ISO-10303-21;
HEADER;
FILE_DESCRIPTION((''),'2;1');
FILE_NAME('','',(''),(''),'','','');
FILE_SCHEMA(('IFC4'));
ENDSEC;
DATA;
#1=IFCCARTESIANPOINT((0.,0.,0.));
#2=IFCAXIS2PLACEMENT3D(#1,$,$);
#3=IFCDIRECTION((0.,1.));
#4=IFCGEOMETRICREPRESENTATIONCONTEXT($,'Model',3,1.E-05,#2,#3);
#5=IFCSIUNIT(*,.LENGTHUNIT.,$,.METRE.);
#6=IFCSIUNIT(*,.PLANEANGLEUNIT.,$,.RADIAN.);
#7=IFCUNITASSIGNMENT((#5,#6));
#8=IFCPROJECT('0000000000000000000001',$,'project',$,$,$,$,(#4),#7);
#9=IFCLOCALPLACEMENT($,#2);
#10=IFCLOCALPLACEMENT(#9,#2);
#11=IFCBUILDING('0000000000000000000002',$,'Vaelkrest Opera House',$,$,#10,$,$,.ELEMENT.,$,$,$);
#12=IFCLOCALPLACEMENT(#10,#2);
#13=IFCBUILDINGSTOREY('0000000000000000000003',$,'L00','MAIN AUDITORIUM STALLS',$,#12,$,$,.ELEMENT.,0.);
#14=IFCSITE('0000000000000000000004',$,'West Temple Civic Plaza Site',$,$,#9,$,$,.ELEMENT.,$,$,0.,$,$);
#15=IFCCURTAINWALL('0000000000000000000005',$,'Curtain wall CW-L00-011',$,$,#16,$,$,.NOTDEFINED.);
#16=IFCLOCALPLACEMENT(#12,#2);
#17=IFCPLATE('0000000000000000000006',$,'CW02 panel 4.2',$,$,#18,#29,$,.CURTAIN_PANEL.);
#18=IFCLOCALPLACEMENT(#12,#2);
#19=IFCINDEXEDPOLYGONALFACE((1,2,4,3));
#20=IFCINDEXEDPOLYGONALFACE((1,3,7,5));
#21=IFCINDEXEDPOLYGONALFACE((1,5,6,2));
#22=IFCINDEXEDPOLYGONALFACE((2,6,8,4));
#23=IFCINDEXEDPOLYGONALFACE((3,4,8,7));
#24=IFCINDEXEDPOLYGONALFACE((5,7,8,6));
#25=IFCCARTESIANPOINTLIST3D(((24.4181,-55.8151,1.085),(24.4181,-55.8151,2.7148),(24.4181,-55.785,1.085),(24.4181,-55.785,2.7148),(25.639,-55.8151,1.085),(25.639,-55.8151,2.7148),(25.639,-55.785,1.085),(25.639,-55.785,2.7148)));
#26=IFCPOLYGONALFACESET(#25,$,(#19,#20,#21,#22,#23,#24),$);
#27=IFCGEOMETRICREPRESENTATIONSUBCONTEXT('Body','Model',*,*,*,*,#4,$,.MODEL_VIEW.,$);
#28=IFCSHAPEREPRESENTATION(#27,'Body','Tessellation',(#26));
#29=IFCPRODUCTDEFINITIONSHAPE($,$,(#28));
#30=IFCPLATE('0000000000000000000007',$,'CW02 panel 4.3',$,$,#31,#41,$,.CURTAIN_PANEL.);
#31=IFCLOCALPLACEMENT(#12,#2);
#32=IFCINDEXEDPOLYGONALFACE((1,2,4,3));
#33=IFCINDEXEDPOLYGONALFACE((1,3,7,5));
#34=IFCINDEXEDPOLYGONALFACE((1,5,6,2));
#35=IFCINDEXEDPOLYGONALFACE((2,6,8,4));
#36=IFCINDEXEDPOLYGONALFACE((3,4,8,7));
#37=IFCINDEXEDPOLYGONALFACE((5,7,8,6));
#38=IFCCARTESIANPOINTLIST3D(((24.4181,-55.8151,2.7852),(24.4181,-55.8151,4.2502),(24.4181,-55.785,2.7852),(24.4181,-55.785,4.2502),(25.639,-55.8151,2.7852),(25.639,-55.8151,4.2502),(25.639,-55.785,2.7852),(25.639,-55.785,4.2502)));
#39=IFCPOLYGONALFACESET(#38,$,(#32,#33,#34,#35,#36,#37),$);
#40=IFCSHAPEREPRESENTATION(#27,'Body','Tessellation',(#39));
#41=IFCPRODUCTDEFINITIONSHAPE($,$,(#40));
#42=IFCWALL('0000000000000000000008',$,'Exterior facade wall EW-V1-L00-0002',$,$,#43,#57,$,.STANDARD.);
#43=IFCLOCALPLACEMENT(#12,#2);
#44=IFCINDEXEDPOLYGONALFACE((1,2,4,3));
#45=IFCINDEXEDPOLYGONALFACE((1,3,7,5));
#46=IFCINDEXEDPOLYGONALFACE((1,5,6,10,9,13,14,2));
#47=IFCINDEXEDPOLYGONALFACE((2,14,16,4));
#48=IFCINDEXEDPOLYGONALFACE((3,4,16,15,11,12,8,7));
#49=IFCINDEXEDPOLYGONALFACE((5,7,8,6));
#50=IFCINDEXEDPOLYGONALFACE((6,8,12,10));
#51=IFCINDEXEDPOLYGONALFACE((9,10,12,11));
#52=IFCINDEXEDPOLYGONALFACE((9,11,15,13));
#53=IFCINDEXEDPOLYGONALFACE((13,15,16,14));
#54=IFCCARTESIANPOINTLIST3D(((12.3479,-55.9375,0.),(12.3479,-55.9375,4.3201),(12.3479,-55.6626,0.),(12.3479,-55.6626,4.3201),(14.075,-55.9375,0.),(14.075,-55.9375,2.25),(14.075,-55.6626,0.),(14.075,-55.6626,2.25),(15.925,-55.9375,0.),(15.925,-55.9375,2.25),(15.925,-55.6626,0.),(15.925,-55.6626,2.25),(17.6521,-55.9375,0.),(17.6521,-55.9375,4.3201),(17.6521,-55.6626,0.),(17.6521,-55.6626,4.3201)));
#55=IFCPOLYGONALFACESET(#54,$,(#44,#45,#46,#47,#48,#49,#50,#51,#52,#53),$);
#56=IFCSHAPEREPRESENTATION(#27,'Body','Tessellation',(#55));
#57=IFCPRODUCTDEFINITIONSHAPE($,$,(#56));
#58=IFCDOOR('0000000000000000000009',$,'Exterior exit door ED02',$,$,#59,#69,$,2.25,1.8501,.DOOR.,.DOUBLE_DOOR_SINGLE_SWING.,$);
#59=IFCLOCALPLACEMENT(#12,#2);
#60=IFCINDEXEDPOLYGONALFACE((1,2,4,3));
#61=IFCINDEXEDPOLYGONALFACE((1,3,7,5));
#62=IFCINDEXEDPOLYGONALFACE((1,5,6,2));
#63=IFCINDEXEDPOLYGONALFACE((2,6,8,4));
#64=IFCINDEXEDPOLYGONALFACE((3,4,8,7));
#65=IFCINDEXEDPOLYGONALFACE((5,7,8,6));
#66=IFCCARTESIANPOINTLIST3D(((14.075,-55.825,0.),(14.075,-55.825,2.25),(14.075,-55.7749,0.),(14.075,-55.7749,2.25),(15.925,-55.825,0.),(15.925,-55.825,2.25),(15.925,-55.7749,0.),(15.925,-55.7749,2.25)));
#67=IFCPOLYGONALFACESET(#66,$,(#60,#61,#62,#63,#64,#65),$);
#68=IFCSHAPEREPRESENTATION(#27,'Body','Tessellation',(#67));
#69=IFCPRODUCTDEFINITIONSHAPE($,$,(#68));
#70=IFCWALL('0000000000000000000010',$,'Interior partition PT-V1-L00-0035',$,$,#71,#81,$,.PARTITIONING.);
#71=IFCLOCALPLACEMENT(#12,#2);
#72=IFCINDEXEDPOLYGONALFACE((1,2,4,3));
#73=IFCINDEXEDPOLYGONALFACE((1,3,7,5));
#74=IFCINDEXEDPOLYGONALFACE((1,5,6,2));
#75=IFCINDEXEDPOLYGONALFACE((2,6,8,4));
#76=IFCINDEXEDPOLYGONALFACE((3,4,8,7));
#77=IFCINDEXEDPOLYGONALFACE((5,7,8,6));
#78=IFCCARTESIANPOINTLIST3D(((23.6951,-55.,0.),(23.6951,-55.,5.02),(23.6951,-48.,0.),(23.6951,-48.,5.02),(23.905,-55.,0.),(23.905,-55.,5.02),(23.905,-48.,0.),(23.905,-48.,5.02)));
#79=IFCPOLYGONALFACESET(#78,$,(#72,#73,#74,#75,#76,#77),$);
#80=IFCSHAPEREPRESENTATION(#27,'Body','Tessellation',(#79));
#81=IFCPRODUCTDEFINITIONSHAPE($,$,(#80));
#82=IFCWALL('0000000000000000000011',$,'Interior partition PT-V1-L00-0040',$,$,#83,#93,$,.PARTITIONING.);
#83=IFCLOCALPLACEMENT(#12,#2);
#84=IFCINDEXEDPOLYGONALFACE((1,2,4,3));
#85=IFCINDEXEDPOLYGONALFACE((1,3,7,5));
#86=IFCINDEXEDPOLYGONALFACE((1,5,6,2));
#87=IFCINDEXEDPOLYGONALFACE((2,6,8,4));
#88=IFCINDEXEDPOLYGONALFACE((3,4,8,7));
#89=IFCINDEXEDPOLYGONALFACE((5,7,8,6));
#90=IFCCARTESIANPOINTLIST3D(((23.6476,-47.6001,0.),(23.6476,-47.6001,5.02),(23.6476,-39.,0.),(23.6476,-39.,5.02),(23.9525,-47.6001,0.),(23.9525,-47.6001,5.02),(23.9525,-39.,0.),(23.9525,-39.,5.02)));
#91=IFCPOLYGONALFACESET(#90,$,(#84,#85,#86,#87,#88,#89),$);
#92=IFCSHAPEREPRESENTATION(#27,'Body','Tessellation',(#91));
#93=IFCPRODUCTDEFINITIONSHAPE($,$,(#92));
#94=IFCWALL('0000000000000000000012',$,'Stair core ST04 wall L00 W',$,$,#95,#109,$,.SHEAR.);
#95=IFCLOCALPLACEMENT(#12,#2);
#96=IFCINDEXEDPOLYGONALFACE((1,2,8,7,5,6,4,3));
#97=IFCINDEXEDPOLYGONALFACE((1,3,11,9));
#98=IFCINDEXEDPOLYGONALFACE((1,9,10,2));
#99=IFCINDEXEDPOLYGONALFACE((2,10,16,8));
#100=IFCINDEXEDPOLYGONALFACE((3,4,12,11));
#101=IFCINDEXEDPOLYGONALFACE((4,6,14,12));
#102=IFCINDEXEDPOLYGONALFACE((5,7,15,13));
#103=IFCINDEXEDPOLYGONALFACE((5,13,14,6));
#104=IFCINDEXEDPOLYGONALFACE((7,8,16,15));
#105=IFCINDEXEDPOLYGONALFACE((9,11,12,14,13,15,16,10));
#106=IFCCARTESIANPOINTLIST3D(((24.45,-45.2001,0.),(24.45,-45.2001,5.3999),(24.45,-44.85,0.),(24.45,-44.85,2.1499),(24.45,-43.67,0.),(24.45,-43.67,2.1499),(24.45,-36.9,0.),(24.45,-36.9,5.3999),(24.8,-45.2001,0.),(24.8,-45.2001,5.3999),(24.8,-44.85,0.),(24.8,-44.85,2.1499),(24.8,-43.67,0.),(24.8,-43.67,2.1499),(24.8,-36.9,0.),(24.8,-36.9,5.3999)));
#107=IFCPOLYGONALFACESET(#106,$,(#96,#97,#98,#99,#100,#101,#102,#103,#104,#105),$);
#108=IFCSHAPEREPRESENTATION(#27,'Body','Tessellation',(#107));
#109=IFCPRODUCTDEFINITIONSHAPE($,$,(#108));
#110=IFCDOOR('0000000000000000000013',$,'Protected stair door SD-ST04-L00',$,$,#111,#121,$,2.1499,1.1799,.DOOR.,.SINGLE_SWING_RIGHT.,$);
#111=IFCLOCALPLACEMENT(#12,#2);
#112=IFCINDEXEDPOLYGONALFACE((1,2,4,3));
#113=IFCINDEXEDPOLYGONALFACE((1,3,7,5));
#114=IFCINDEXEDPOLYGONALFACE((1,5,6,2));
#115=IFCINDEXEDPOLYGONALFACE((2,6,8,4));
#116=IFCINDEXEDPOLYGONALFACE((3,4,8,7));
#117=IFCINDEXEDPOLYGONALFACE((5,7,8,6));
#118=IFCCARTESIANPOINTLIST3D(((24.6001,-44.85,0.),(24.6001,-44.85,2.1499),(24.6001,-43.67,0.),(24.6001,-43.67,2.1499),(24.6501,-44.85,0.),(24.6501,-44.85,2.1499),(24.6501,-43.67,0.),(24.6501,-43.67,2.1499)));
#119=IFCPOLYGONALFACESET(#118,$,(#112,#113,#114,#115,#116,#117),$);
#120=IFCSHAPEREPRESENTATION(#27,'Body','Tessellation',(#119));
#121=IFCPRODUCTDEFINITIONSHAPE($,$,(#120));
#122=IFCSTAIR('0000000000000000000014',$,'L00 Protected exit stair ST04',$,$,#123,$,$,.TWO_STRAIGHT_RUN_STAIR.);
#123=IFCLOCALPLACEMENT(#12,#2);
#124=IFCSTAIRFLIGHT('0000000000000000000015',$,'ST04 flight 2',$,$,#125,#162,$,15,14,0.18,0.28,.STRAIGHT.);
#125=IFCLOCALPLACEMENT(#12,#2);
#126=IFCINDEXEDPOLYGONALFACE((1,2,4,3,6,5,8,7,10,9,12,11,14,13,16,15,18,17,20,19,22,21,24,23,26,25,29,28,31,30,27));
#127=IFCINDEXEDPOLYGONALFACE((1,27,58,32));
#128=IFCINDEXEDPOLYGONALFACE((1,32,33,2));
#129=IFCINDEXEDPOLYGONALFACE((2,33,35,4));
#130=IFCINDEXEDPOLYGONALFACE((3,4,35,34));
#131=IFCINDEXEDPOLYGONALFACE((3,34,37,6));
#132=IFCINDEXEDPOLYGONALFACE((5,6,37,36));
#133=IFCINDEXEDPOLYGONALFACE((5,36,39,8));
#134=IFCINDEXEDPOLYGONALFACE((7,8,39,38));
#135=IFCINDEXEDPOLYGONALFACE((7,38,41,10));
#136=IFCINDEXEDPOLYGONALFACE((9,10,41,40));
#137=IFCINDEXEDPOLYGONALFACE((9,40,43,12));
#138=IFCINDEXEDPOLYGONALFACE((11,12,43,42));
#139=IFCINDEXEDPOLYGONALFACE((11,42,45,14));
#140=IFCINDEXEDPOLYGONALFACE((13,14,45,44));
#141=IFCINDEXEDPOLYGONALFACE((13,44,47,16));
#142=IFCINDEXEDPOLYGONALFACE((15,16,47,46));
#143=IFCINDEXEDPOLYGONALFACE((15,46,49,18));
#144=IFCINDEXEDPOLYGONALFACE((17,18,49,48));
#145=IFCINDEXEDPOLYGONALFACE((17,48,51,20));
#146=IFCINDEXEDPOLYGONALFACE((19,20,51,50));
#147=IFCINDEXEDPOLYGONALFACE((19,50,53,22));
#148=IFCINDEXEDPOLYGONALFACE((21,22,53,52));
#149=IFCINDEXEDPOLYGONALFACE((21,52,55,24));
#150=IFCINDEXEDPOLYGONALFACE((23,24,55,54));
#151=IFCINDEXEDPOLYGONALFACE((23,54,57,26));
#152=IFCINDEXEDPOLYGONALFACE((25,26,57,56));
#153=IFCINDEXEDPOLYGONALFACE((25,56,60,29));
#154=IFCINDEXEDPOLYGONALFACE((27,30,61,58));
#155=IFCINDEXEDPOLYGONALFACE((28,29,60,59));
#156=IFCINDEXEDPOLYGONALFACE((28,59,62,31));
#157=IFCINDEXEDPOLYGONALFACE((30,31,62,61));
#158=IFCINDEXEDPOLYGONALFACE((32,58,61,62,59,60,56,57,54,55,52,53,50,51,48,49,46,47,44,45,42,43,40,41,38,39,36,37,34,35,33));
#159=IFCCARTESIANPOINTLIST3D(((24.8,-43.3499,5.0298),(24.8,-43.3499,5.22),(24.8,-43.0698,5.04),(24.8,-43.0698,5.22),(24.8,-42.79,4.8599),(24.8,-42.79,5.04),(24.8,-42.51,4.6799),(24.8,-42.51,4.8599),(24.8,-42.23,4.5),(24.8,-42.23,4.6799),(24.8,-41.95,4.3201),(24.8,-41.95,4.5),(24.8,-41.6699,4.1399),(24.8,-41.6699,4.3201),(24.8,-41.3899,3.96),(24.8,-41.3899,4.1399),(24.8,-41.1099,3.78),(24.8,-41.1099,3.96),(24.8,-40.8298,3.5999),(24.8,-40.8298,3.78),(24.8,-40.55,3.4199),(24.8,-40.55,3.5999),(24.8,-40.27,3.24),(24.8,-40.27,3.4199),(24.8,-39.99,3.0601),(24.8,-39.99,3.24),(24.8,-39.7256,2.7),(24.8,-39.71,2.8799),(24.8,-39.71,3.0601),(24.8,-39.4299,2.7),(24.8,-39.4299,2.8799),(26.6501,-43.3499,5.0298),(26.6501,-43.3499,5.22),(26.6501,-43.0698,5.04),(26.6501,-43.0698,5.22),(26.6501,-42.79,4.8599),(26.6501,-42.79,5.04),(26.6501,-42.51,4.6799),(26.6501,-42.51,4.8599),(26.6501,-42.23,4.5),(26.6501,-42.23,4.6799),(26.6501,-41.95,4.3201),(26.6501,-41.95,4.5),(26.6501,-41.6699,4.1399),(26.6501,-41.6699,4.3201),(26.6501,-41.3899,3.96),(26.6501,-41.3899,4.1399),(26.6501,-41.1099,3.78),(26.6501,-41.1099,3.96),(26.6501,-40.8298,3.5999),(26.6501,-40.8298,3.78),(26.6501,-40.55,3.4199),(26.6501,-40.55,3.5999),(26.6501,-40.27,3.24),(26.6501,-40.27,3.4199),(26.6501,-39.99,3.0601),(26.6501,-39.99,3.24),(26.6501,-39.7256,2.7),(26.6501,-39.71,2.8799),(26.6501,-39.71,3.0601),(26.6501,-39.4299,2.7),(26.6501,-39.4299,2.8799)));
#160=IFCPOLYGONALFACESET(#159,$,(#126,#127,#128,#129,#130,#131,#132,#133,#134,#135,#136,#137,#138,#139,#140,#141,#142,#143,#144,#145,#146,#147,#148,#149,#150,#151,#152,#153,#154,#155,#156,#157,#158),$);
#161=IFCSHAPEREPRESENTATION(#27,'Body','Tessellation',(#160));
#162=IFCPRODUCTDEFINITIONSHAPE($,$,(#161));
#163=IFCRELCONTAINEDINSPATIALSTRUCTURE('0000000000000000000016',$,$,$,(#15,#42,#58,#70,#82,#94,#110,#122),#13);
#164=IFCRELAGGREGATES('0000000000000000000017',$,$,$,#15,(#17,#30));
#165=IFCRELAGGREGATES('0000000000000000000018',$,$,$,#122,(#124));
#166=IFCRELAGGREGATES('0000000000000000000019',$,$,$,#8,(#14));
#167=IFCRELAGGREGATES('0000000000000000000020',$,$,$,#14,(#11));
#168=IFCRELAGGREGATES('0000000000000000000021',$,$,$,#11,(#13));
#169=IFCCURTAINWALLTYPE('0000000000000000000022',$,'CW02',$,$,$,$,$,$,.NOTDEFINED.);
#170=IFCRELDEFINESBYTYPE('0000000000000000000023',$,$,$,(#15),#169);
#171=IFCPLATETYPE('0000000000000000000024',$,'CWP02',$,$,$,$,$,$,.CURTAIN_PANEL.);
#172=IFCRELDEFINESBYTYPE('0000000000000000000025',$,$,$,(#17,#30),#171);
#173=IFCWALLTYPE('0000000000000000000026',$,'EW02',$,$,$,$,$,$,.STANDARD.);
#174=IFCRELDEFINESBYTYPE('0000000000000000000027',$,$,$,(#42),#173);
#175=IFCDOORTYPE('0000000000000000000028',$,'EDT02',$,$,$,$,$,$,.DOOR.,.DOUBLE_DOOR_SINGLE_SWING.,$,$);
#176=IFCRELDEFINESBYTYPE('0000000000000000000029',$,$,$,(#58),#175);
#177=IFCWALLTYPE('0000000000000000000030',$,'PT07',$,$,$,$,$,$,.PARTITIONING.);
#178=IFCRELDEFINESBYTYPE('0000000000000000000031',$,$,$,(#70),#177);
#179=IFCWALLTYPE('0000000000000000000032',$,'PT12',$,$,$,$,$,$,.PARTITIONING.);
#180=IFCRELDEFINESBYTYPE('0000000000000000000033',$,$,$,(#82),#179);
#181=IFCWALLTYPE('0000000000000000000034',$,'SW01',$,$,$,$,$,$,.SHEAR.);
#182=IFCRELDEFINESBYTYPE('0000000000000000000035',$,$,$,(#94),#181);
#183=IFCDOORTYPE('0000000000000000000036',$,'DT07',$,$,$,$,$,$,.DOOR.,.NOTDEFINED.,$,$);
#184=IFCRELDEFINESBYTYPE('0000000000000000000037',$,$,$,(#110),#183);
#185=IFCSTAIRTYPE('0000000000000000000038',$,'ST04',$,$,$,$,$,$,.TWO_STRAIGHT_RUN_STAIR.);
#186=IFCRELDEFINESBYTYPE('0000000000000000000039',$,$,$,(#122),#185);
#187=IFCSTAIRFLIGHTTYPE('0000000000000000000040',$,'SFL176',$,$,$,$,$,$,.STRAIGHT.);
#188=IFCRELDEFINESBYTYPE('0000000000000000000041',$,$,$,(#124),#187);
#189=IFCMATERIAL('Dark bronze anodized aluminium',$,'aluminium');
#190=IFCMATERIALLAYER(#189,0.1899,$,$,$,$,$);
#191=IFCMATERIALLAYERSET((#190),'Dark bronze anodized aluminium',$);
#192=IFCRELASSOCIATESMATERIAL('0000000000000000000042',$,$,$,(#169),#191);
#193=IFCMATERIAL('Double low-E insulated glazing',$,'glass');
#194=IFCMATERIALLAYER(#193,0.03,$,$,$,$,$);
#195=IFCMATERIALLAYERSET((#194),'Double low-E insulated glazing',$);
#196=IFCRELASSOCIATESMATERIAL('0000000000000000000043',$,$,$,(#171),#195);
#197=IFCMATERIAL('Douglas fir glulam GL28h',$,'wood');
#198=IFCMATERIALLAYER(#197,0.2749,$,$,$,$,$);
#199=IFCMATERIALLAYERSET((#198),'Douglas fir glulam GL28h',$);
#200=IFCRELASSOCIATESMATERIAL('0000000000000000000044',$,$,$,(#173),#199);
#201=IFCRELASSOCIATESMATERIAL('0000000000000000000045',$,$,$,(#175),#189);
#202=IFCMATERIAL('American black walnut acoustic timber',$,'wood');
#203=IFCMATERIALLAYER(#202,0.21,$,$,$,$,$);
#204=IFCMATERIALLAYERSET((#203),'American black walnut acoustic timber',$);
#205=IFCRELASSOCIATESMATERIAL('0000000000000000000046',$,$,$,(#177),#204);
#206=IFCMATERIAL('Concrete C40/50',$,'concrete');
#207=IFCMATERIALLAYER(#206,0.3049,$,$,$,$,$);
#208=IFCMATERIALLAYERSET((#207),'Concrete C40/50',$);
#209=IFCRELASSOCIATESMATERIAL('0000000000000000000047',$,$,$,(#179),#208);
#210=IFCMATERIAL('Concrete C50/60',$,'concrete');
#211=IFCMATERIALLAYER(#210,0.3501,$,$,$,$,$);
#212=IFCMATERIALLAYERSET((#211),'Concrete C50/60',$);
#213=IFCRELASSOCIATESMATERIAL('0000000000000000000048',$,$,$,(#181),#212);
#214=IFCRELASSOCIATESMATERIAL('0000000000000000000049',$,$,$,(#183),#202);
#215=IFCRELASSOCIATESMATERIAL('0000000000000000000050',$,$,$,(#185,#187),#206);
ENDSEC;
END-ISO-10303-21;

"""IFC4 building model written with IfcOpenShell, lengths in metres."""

from ifc_helpers import new_model, si_unit, direction, frame, frame_2d, origin, origin_2d, place, context, subcontext, project, spatial, polyline, rectangle, outline, extrude, material, layer, layer_set, type_object, element, fill, aggregate, save


model = new_model("IFC4")

# Units and contexts
model_context = context("Model", 3, precision=1e-05, world=origin(), true_north=direction((0.0, 1.0)))
body_context = subcontext(model_context, "Body", "Model", "MODEL_VIEW")
ifc_project = project(units=[si_unit("LENGTHUNIT", "METRE"), si_unit("PLANEANGLEUNIT", "RADIAN")], contexts=[model_context])

# Site, building, storey
site_placement = place(None, origin())
site = spatial("IfcSite", under=ifc_project, at=site_placement, Name="West Temple Civic Plaza Site", CompositionType="ELEMENT", RefElevation=0.0)
building_placement = place(site_placement, origin())
building = spatial("IfcBuilding", under=site, at=building_placement, Name="Vaelkrest Opera House", CompositionType="ELEMENT")
storey_placement = place(building_placement, origin())
storey = spatial("IfcBuildingStorey", under=building, at=storey_placement, Name="L00", Description="MAIN AUDITORIUM STALLS", CompositionType="ELEMENT", Elevation=0.0)

# Shared definitions
ifc_material_1 = material(Name="Concrete C50/60", Category="concrete")

# Curtain wall
ifc_material_2 = material(Name="Dark bronze anodized aluminium", Category="aluminium")
ifc_layer_1 = layer(ifc_material_2, 0.1899)
ifc_layer_set_1 = layer_set([ifc_layer_1], Name="Dark bronze anodized aluminium")
curtain_wall_type = type_object("IfcCurtainWallType", Name="CW02", PredefinedType="NOTDEFINED", material=ifc_layer_set_1)
curtain_wall_placement = place(storey_placement, origin())
curtain_wall = element("IfcCurtainWall", 1, at=curtain_wall_placement, inside=storey, type_object=curtain_wall_type, Name="Curtain wall CW-L00-011", PredefinedType="NOTDEFINED")

# Plates
ifc_material_3 = material(Name="Double low-E insulated glazing", Category="glass")
ifc_layer_2 = layer(ifc_material_3, 0.03)
ifc_layer_set_2 = layer_set([ifc_layer_2], Name="Double low-E insulated glazing")
plate_type = type_object("IfcPlateType", Name="CWP02", PredefinedType="CURTAIN_PANEL", material=ifc_layer_set_2)
plate_1_placement = place(storey_placement, frame((25.0286, -55.8, 1.085), z_axis=(0.0, 0.0, 1.0), x_axis=(-1.0, 0.0, 0.0)))
plate_1 = element("IfcPlate", 2, at=plate_1_placement, type_object=plate_type, Name="CW02 panel 4.2", PredefinedType="CURTAIN_PANEL", context=body_context, shape_type="SweptSolid", body=[
    extrude(rectangle(XDim=1.2209, YDim=0.03, at=origin_2d()), origin(), (0.0, 0.0, 1.0), 1.6299),
])
plate_2_placement = place(storey_placement, frame((25.0286, -55.8, 2.7852), z_axis=(0.0, 0.0, 1.0), x_axis=(-1.0, 0.0, 0.0)))
plate_2 = element("IfcPlate", 3, at=plate_2_placement, type_object=plate_type, Name="CW02 panel 4.3", PredefinedType="CURTAIN_PANEL", context=body_context, shape_type="SweptSolid", body=[
    extrude(rectangle(XDim=1.2209, YDim=0.03, at=origin_2d()), origin(), (0.0, 0.0, 1.0), 1.4651),
])
aggregate(curtain_wall, [plate_1, plate_2])

# Wall, opening, door
ifc_material_4 = material(Name="Douglas fir glulam GL28h", Category="wood")
ifc_layer_3 = layer(ifc_material_4, 0.2749)
ifc_layer_set_3 = layer_set([ifc_layer_3], Name="Douglas fir glulam GL28h")
wall_type_1 = type_object("IfcWallType", Name="EW02", PredefinedType="STANDARD", material=ifc_layer_set_3)
wall_1_placement = place(storey_placement, frame((17.6521, -55.8, 0.0), z_axis=(0.0, 0.0, 1.0), x_axis=(-1.0, 0.0, 0.0)))
wall_1 = element("IfcWall", 4, at=wall_1_placement, inside=storey, type_object=wall_type_1, Name="Exterior facade wall EW-V1-L00-0002", PredefinedType="STANDARD", context=body_context, shape_type="SweptSolid", body=[
    extrude(rectangle(XDim=5.3042, YDim=0.2749, at=frame_2d((2.6521, 0.0))), origin(), (0.0, 0.0, 1.0), 4.3201),
])
opening_1_placement = place(wall_1_placement, frame((1.7271, 0.0, 0.0)))
opening_1 = element("IfcOpeningElement", 5, at=opening_1_placement, cuts=wall_1, PredefinedType="OPENING", context=body_context, shape_type="SweptSolid", body=[
    extrude(rectangle(XDim=1.8501, YDim=2.25, at=frame_2d((0.925, 1.125))), frame((0.0, 0.1475, 0.0), z_axis=(0.0, -1.0, 0.0), x_axis=(1.0, 0.0, 0.0)), (0.0, 0.0, 1.0), 0.2949),
])
door_type_1 = type_object("IfcDoorType", Name="EDT02", OperationType="DOUBLE_DOOR_SINGLE_SWING", PredefinedType="DOOR", material=ifc_material_2)
door_1_placement = place(opening_1_placement, origin())
door_1 = element("IfcDoor", 6, at=door_1_placement, inside=storey, type_object=door_type_1, Name="Exterior exit door ED02", OperationType="DOUBLE_DOOR_SINGLE_SWING", OverallHeight=2.25, OverallWidth=1.8501, PredefinedType="DOOR", context=body_context, shape_type="SweptSolid", body=[
    extrude(rectangle(XDim=1.8501, YDim=2.25, at=frame_2d((0.925, 1.125))), frame((0.0, 0.0249, 0.0), z_axis=(0.0, -1.0, 0.0), x_axis=(1.0, 0.0, 0.0)), (0.0, 0.0, 1.0), 0.05),
])
fill(opening_1, door_1)

# Walls
ifc_material_5 = material(Name="American black walnut acoustic timber", Category="wood")
ifc_layer_4 = layer(ifc_material_5, 0.21)
ifc_layer_set_4 = layer_set([ifc_layer_4], Name="American black walnut acoustic timber")
wall_type_2 = type_object("IfcWallType", Name="PT07", PredefinedType="PARTITIONING", material=ifc_layer_set_4)
wall_2_placement = place(storey_placement, frame((23.8, -55.0, 0.0), z_axis=(0.0, 0.0, 1.0), x_axis=(0.0, 1.0, 0.0)))
element("IfcWall", 7, at=wall_2_placement, inside=storey, type_object=wall_type_2, Name="Interior partition PT-V1-L00-0035", PredefinedType="PARTITIONING", context=body_context, shape_type="SweptSolid", body=[
    extrude(rectangle(XDim=7.0, YDim=0.21, at=frame_2d((3.5, 0.0))), origin(), (0.0, 0.0, 1.0), 5.02),
])
ifc_material_6 = material(Name="Concrete C40/50", Category="concrete")
ifc_layer_5 = layer(ifc_material_6, 0.3049)
ifc_layer_set_5 = layer_set([ifc_layer_5], Name="Concrete C40/50")
wall_type_3 = type_object("IfcWallType", Name="PT12", PredefinedType="PARTITIONING", material=ifc_layer_set_5)
wall_3_placement = place(storey_placement, frame((23.8, -47.6001, 0.0), z_axis=(0.0, 0.0, 1.0), x_axis=(0.0, 1.0, 0.0)))
element("IfcWall", 8, at=wall_3_placement, inside=storey, type_object=wall_type_3, Name="Interior partition PT-V1-L00-0040", PredefinedType="PARTITIONING", context=body_context, shape_type="SweptSolid", body=[
    extrude(rectangle(XDim=8.6001, YDim=0.3049, at=frame_2d((4.3, 0.0))), origin(), (0.0, 0.0, 1.0), 5.02),
])

# Wall, opening, door
ifc_layer_6 = layer(ifc_material_1, 0.3501)
ifc_layer_set_6 = layer_set([ifc_layer_6], Name="Concrete C50/60")
wall_type_4 = type_object("IfcWallType", Name="SW01", PredefinedType="SHEAR", material=ifc_layer_set_6)
wall_4_placement = place(storey_placement, frame((24.625, -45.2, 0.0), z_axis=(0.0, 0.0, 1.0), x_axis=(0.0, 1.0, 0.0)))
wall_4 = element("IfcWall", 9, at=wall_4_placement, inside=storey, type_object=wall_type_4, Name="Stair core ST04 wall L00 W", PredefinedType="SHEAR", context=body_context, shape_type="SweptSolid", body=[
    extrude(rectangle(XDim=8.3, YDim=0.3501, at=frame_2d((4.1499, 0.0))), origin(), (0.0, 0.0, 1.0), 5.3999),
])
opening_2_placement = place(wall_4_placement, frame((0.3501, 0.0, 0.0)))
opening_2 = element("IfcOpeningElement", 10, at=opening_2_placement, cuts=wall_4, PredefinedType="OPENING", context=body_context, shape_type="SweptSolid", body=[
    extrude(rectangle(XDim=1.1799, YDim=2.1499, at=frame_2d((0.5898, 1.075))), frame((0.0, 0.1851, 0.0), z_axis=(0.0, -1.0, 0.0), x_axis=(1.0, 0.0, 0.0)), (0.0, 0.0, 1.0), 0.3701),
])
door_type_2 = type_object("IfcDoorType", Name="DT07", OperationType="NOTDEFINED", PredefinedType="DOOR", material=ifc_material_5)
door_2_placement = place(opening_2_placement, origin())
door_2 = element("IfcDoor", 11, at=door_2_placement, inside=storey, type_object=door_type_2, Name="Protected stair door SD-ST04-L00", OperationType="SINGLE_SWING_RIGHT", OverallHeight=2.1499, OverallWidth=1.1799, PredefinedType="DOOR", context=body_context, shape_type="SweptSolid", body=[
    extrude(rectangle(XDim=1.1799, YDim=2.1499, at=frame_2d((0.5898, 1.075))), frame((0.0, 0.0249, 0.0), z_axis=(0.0, -1.0, 0.0), x_axis=(1.0, 0.0, 0.0)), (0.0, 0.0, 1.0), 0.05),
])
fill(opening_2, door_2)

# Stair, stair flight
stair_type = type_object("IfcStairType", Name="ST04", PredefinedType="TWO_STRAIGHT_RUN_STAIR", material=ifc_material_6)
stair_placement = place(storey_placement, origin())
stair = element("IfcStair", 12, at=stair_placement, inside=storey, type_object=stair_type, Name="L00 Protected exit stair ST04", PredefinedType="TWO_STRAIGHT_RUN_STAIR")
stair_flight_type = type_object("IfcStairFlightType", Name="SFL176", PredefinedType="STRAIGHT", material=ifc_material_6)
stair_flight_placement = place(storey_placement, frame((25.7251, -39.4299, 2.7), z_axis=(0.0, 0.0, 1.0), x_axis=(0.0, -1.0, 0.0)))
stair_flight = element("IfcStairFlight", 13, at=stair_flight_placement, type_object=stair_flight_type, Name="ST04 flight 2", NumberOfRisers=15, NumberOfTreads=14, PredefinedType="STRAIGHT", RiserHeight=0.18, TreadLength=0.28, context=body_context, shape_type="SweptSolid", body=[
    extrude(outline(polyline([(0.0, 0.0), (0.0, 0.1799), (0.28, 0.1799), (0.28, 0.3601), (0.5601, 0.3601), (0.5601, 0.54), (0.8401, 0.54), (0.8401, 0.72), (1.1201, 0.72), (1.1201, 0.8999), (1.3999, 0.8999), (1.3999, 1.0801), (1.6799, 1.0801), (1.6799, 1.26), (1.96, 1.26), (1.96, 1.4399), (2.24, 1.4399), (2.24, 1.6201), (2.52, 1.6201), (2.52, 1.8), (2.8, 1.8), (2.8, 1.98), (3.0801, 1.98), (3.0801, 2.1599), (3.3601, 2.1599), (3.3601, 2.3401), (3.6399, 2.3401), (3.6399, 2.52), (3.9199, 2.52), (3.9199, 2.7), (3.9199, 2.3298), (0.2957, 0.0), (0.0, 0.0)])), frame((0.0, 0.925, 0.0), z_axis=(0.0, -1.0, 0.0), x_axis=(1.0, 0.0, 0.0)), (0.0, 0.0, 1.0), 1.8501),
])
aggregate(stair, [stair_flight])

save(model, "model.ifc")
